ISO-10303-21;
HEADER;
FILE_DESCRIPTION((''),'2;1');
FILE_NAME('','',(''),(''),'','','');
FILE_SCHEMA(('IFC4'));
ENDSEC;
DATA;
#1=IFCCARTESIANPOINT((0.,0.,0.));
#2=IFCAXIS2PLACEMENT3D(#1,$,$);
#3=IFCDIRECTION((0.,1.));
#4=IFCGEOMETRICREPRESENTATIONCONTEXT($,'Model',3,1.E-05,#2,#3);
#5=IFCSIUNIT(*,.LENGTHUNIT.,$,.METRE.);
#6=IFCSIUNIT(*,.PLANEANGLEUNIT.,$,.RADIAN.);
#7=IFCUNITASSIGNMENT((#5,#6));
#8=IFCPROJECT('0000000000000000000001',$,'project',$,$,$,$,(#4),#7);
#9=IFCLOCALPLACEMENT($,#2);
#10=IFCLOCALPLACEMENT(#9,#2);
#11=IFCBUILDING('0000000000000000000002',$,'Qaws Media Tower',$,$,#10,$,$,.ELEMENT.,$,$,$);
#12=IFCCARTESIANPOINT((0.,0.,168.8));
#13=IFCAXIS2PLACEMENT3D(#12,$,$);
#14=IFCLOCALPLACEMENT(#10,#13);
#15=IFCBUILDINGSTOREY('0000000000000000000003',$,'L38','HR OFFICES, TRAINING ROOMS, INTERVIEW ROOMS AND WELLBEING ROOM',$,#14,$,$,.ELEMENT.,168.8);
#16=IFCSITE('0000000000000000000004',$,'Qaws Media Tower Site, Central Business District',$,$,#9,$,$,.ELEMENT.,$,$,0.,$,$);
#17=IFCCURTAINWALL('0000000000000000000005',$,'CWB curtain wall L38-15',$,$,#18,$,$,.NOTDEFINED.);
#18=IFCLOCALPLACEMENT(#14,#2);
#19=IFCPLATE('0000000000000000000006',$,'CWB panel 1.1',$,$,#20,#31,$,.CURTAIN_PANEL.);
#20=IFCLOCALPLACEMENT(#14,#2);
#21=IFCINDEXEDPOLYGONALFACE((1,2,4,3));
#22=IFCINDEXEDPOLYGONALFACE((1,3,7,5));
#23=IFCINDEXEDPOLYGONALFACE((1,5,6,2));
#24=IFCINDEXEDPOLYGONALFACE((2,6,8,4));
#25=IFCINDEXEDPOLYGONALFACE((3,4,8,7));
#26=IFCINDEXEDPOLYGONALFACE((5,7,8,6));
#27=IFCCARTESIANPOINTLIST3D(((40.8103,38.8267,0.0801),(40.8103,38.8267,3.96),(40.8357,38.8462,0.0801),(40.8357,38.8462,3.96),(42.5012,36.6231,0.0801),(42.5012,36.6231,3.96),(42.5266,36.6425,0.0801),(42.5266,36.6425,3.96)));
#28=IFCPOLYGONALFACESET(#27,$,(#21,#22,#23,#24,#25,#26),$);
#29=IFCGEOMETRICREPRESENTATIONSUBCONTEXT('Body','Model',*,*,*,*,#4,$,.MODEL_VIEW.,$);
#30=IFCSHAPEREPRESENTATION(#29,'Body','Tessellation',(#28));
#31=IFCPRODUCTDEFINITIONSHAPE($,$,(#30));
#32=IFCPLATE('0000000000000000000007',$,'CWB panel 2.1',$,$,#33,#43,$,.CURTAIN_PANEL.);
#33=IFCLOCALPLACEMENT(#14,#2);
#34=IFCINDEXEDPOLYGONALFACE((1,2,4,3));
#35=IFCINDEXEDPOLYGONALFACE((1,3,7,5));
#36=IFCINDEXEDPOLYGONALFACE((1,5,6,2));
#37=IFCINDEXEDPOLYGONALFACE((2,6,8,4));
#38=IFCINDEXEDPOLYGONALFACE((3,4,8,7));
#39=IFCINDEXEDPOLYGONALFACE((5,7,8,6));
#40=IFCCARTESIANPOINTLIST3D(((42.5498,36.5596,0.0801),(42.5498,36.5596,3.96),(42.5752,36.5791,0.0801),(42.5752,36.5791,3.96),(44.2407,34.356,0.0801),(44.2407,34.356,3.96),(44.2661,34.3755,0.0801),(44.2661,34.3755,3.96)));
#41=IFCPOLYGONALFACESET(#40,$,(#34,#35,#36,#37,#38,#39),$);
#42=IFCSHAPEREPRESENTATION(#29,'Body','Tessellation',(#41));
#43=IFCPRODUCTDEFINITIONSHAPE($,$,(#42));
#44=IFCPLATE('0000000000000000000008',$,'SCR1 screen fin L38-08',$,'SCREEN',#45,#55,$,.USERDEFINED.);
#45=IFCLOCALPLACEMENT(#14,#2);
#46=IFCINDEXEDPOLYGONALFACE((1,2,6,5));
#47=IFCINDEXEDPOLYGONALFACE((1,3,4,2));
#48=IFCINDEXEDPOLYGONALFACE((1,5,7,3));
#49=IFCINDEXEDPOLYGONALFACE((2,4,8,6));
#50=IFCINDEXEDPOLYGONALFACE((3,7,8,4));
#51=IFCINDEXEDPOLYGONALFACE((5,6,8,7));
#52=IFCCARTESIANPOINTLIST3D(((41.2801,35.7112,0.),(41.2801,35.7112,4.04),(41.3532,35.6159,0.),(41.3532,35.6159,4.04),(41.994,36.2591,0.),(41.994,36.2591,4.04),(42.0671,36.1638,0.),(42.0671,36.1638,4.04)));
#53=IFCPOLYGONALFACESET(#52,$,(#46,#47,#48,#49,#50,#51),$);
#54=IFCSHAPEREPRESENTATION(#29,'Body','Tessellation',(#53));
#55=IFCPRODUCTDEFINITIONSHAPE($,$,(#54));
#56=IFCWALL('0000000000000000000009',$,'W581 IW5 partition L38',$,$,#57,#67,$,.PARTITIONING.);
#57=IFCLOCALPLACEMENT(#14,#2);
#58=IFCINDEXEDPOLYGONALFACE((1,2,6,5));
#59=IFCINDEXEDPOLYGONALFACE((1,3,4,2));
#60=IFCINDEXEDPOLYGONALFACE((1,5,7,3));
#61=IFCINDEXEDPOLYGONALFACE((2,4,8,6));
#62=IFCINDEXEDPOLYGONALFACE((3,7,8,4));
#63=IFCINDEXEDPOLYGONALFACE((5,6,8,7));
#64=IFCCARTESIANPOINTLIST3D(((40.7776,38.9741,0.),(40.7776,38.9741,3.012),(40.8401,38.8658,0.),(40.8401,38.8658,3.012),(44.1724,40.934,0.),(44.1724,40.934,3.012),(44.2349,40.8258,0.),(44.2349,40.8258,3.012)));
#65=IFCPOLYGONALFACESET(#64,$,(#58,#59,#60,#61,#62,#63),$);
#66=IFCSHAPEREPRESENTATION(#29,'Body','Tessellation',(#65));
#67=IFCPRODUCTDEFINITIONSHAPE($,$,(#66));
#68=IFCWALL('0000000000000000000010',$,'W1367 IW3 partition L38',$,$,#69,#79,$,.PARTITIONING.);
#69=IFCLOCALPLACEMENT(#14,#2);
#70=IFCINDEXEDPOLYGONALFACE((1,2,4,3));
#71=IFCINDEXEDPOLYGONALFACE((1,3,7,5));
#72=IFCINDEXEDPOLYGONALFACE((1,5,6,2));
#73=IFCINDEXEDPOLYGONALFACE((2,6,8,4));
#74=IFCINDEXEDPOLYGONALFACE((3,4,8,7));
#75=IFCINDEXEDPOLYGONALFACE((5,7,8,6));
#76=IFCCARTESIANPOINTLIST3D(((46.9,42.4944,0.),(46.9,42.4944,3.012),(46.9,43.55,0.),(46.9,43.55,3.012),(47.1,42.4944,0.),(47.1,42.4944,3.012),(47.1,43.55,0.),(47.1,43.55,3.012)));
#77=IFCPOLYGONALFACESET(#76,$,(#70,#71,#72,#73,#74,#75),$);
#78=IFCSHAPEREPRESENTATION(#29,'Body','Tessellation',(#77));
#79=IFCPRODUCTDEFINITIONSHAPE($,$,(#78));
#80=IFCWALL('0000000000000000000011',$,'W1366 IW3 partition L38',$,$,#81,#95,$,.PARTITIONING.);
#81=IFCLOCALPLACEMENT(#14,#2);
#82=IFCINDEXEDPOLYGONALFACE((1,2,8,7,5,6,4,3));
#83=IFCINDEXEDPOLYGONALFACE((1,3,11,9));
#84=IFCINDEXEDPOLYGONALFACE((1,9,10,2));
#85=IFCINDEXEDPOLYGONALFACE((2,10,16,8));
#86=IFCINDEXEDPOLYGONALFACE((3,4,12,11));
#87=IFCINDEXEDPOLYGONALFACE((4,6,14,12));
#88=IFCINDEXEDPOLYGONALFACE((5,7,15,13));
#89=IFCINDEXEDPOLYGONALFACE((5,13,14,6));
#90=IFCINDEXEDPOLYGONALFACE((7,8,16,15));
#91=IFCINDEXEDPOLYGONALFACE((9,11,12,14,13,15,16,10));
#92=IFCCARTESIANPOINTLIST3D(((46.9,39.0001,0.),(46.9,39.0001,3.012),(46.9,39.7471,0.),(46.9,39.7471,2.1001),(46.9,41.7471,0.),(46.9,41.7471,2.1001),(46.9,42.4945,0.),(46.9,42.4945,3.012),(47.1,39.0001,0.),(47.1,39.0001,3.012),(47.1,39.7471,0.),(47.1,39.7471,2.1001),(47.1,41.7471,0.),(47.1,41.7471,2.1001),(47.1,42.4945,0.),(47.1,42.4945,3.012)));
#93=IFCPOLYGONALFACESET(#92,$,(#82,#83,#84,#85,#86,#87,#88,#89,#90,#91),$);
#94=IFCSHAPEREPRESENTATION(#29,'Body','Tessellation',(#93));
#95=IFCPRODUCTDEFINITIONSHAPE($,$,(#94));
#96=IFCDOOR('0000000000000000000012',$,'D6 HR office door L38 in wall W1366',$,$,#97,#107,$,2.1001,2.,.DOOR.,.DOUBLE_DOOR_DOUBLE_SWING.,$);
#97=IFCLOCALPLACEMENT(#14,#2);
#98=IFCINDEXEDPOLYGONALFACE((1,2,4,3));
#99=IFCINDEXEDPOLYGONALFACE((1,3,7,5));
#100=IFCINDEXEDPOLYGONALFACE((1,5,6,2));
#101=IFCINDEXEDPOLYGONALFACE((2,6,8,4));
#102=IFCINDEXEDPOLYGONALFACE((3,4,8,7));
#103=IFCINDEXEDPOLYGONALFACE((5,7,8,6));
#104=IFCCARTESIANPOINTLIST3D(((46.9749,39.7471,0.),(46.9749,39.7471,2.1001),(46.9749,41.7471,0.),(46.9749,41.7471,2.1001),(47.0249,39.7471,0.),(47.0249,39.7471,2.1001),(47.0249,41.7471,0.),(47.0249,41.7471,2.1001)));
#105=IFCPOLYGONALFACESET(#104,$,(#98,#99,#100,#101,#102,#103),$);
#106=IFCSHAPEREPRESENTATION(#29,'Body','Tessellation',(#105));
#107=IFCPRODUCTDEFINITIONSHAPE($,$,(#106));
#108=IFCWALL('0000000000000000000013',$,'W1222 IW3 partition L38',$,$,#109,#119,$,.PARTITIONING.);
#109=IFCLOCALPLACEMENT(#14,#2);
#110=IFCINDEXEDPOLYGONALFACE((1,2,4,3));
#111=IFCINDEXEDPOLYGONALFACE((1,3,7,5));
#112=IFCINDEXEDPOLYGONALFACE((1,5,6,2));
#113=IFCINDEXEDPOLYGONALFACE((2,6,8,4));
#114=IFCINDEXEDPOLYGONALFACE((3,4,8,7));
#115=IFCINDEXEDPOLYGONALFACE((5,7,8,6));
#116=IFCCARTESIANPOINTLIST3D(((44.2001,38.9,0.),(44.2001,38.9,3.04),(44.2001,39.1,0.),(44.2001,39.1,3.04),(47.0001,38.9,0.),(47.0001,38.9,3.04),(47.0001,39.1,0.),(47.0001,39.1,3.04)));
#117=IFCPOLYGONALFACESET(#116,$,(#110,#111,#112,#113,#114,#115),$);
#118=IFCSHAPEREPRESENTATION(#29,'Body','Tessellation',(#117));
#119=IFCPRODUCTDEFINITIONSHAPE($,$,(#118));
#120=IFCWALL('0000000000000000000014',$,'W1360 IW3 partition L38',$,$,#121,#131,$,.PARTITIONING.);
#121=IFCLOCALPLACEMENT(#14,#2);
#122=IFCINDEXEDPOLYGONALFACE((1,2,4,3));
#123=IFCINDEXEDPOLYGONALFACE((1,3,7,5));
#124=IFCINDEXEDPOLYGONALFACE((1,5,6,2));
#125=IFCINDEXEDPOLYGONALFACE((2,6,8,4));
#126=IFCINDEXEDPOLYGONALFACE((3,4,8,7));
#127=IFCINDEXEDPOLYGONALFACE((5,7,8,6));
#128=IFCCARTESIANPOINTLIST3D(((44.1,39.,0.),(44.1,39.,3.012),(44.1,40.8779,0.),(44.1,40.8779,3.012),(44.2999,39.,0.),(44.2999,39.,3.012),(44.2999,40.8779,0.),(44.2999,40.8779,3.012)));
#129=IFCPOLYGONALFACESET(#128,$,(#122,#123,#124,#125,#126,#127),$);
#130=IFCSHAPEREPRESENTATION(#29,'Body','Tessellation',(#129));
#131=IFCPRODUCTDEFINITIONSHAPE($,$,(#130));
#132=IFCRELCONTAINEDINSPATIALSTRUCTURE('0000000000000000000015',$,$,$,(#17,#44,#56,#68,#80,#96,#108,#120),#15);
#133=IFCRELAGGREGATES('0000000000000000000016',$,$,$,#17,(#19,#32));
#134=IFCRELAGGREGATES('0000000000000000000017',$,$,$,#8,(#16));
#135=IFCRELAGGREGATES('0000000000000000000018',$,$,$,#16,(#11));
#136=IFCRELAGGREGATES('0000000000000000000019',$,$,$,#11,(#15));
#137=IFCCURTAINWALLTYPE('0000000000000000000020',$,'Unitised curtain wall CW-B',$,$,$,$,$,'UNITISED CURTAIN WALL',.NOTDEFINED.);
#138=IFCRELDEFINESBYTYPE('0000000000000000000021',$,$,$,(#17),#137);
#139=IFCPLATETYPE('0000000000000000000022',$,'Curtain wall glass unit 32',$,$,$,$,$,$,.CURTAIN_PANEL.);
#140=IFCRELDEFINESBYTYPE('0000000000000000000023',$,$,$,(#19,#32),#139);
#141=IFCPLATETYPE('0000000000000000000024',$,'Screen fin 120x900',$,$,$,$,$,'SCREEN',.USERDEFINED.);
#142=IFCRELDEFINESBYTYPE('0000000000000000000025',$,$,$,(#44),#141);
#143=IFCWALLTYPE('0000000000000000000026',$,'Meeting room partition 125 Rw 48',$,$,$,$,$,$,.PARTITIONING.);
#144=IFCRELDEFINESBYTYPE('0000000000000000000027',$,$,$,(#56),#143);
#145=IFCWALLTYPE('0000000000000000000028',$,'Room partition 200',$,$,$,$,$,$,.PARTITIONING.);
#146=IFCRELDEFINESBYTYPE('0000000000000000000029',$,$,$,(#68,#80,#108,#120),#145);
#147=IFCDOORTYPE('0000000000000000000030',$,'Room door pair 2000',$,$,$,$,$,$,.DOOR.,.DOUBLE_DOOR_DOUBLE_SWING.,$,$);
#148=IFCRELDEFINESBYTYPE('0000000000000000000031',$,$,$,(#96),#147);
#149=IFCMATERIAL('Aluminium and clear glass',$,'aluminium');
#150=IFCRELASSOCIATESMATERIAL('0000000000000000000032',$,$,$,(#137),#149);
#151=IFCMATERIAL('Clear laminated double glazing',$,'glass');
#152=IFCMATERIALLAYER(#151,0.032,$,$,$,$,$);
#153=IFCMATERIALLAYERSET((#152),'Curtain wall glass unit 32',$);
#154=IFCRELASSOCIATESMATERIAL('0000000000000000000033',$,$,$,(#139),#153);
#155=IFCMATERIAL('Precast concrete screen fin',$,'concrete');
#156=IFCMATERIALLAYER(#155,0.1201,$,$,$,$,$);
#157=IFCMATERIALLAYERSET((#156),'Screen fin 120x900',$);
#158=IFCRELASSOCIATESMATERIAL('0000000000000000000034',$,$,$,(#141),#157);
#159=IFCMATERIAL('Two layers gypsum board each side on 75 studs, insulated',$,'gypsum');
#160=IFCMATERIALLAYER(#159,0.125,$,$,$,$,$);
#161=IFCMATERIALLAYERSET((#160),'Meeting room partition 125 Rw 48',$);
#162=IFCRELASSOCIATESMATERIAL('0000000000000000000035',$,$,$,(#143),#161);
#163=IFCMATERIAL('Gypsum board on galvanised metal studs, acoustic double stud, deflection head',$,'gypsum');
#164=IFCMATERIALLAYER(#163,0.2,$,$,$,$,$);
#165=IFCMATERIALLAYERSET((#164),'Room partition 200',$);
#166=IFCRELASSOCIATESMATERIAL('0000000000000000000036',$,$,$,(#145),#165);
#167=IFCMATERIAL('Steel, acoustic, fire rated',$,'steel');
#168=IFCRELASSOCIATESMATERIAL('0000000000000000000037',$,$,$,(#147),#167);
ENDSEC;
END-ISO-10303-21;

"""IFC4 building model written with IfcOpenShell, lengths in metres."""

from ifc_helpers import new_model, si_unit, direction, frame, frame_2d, origin, origin_2d, place, context, subcontext, project, spatial, rectangle, extrude, material, layer, layer_set, type_object, element, fill, aggregate, save


model = new_model("IFC4")

# Units and contexts
model_context = context("Model", 3, precision=1e-05, world=origin(), true_north=direction((0.0, 1.0)))
body_context = subcontext(model_context, "Body", "Model", "MODEL_VIEW")
ifc_project = project(units=[si_unit("LENGTHUNIT", "METRE"), si_unit("PLANEANGLEUNIT", "RADIAN")], contexts=[model_context])

# Site, building, storey
site_placement = place(None, origin())
site = spatial("IfcSite", under=ifc_project, at=site_placement, Name="Qaws Media Tower Site, Central Business District", CompositionType="ELEMENT", RefElevation=0.0)
building_placement = place(site_placement, origin())
building = spatial("IfcBuilding", under=site, at=building_placement, Name="Qaws Media Tower", CompositionType="ELEMENT")
storey_placement = place(building_placement, frame((0.0, 0.0, 168.8)))
storey = spatial("IfcBuildingStorey", under=building, at=storey_placement, Name="L38", Description="HR OFFICES, TRAINING ROOMS, INTERVIEW ROOMS AND WELLBEING ROOM", CompositionType="ELEMENT", Elevation=168.8)

# Shared definitions
ifc_material_1 = material(Name="Aluminium and clear glass", Category="aluminium")
curtain_wall_type = type_object("IfcCurtainWallType", Name="Unitised curtain wall CW-B", ElementType="UNITISED CURTAIN WALL", PredefinedType="NOTDEFINED", material=ifc_material_1)

# Curtain wall
curtain_wall_1_placement = place(storey_placement, origin())
curtain_wall_1 = element("IfcCurtainWall", 1, at=curtain_wall_1_placement, inside=storey, type_object=curtain_wall_type, Name="CWB curtain wall L38-15", PredefinedType="NOTDEFINED")

# Plates
ifc_material_2 = material(Name="Clear laminated double glazing", Category="glass")
ifc_layer_1 = layer(ifc_material_2, 0.032)
ifc_layer_set_1 = layer_set([ifc_layer_1], Name="Curtain wall glass unit 32")
plate_type_1 = type_object("IfcPlateType", Name="Curtain wall glass unit 32", PredefinedType="CURTAIN_PANEL", material=ifc_layer_set_1)
plate_1_placement = place(storey_placement, frame((41.6685, 37.7346, 0.0801), z_axis=(0.0, 0.0, 1.0), x_axis=(0.608761, -0.793353, 0.0)))
plate_1 = element("IfcPlate", 2, at=plate_1_placement, type_object=plate_type_1, Name="CWB panel 1.1", PredefinedType="CURTAIN_PANEL", context=body_context, shape_type="SweptSolid", body=[
    extrude(rectangle(XDim=2.7776, YDim=0.032, at=origin_2d()), origin(), (0.0, 0.0, 1.0), 3.8799),
])
plate_2_placement = place(storey_placement, frame((43.408, 35.4675, 0.0801), z_axis=(0.0, 0.0, 1.0), x_axis=(0.608761, -0.793353, 0.0)))
plate_2 = element("IfcPlate", 3, at=plate_2_placement, type_object=plate_type_1, Name="CWB panel 2.1", PredefinedType="CURTAIN_PANEL", context=body_context, shape_type="SweptSolid", body=[
    extrude(rectangle(XDim=2.7776, YDim=0.032, at=origin_2d()), origin(), (0.0, 0.0, 1.0), 3.8799),
])
aggregate(curtain_wall_1, [plate_1, plate_2])
ifc_material_3 = material(Name="Precast concrete screen fin", Category="concrete")
ifc_layer_2 = layer(ifc_material_3, 0.1201)
ifc_layer_set_2 = layer_set([ifc_layer_2], Name="Screen fin 120x900")
plate_type_2 = type_object("IfcPlateType", Name="Screen fin 120x900", ElementType="SCREEN", PredefinedType="USERDEFINED", material=ifc_layer_set_2)
plate_3_placement = place(storey_placement, frame((41.6736, 35.9375, 0.0), z_axis=(0.0, 0.0, 1.0), x_axis=(-0.793353, -0.608761, 0.0)))
element("IfcPlate", 4, at=plate_3_placement, inside=storey, type_object=plate_type_2, Name="SCR1 screen fin L38-08", ObjectType="SCREEN", PredefinedType="USERDEFINED", context=body_context, shape_type="SweptSolid", body=[
    extrude(rectangle(XDim=0.8999, YDim=0.1201, at=origin_2d()), origin(), (0.0, 0.0, 1.0), 4.04),
])

# Walls
ifc_material_4 = material(Name="Two layers gypsum board each side on 75 studs, insulated", Category="gypsum")
ifc_layer_3 = layer(ifc_material_4, 0.125)
ifc_layer_set_3 = layer_set([ifc_layer_3], Name="Meeting room partition 125 Rw 48")
wall_type_1 = type_object("IfcWallType", Name="Meeting room partition 125 Rw 48", PredefinedType="PARTITIONING", material=ifc_layer_set_3)
wall_1_placement = place(storey_placement, frame((44.2036, 40.8799, 0.0), z_axis=(0.0, 0.0, 1.0), x_axis=(-0.866027, -0.499997, 0.0)))
element("IfcWall", 5, at=wall_1_placement, inside=storey, type_object=wall_type_1, Name="W581 IW5 partition L38", PredefinedType="PARTITIONING", context=body_context, shape_type="SweptSolid", body=[
    extrude(rectangle(XDim=3.9199, YDim=0.125, at=frame_2d((1.96, 0.0))), origin(), (0.0, 0.0, 1.0), 3.012),
])
ifc_material_5 = material(Name="Gypsum board on galvanised metal studs, acoustic double stud, deflection head", Category="gypsum")
ifc_layer_4 = layer(ifc_material_5, 0.2)
ifc_layer_set_4 = layer_set([ifc_layer_4], Name="Room partition 200")
wall_type_2 = type_object("IfcWallType", Name="Room partition 200", PredefinedType="PARTITIONING", material=ifc_layer_set_4)
wall_2_placement = place(storey_placement, frame((47.0, 43.55, 0.0), z_axis=(0.0, 0.0, 1.0), x_axis=(0.0, -1.0, 0.0)))
element("IfcWall", 6, at=wall_2_placement, inside=storey, type_object=wall_type_2, Name="W1367 IW3 partition L38", PredefinedType="PARTITIONING", context=body_context, shape_type="SweptSolid", body=[
    extrude(rectangle(XDim=1.0557, YDim=0.2, at=frame_2d((0.5278, 0.0))), origin(), (0.0, 0.0, 1.0), 3.012),
])

# Wall, opening, door
wall_3_placement = place(storey_placement, frame((47.0, 42.4944, 0.0), z_axis=(0.0, 0.0, 1.0), x_axis=(0.0, -1.0, 0.0)))
wall_3 = element("IfcWall", 7, at=wall_3_placement, inside=storey, type_object=wall_type_2, Name="W1366 IW3 partition L38", PredefinedType="PARTITIONING", context=body_context, shape_type="SweptSolid", body=[
    extrude(rectangle(XDim=3.4944, YDim=0.2, at=frame_2d((1.7471, 0.0))), origin(), (0.0, 0.0, 1.0), 3.012),
])
opening_1_placement = place(wall_3_placement, frame((0.7473, 0.0, 0.0)))
opening_1 = element("IfcOpeningElement", 8, at=opening_1_placement, cuts=wall_3, PredefinedType="OPENING", context=body_context, shape_type="SweptSolid", body=[
    extrude(rectangle(XDim=2.0, YDim=2.1001, at=frame_2d((1.0, 1.05))), frame((0.0, 0.1099, 0.0), z_axis=(0.0, -1.0, 0.0), x_axis=(1.0, 0.0, 0.0)), (0.0, 0.0, 1.0), 0.22),
])
ifc_material_6 = material(Name="Steel, acoustic, fire rated", Category="steel")
door_type_1 = type_object("IfcDoorType", Name="Room door pair 2000", OperationType="DOUBLE_DOOR_DOUBLE_SWING", PredefinedType="DOOR", material=ifc_material_6)
door_1_placement = place(opening_1_placement, origin())
door_1 = element("IfcDoor", 9, at=door_1_placement, inside=storey, type_object=door_type_1, Name="D6 HR office door L38 in wall W1366", OperationType="DOUBLE_DOOR_DOUBLE_SWING", OverallHeight=2.1001, OverallWidth=2.0, PredefinedType="DOOR", context=body_context, shape_type="SweptSolid", body=[
    extrude(rectangle(XDim=2.0, YDim=2.1001, at=frame_2d((1.0, 1.05))), frame((0.0, 0.0249, 0.0), z_axis=(0.0, -1.0, 0.0), x_axis=(1.0, 0.0, 0.0)), (0.0, 0.0, 1.0), 0.05),
])
fill(opening_1, door_1)

# Walls
wall_4_placement = place(storey_placement, frame((47.0, 39.0, 0.0), z_axis=(0.0, 0.0, 1.0), x_axis=(-1.0, 0.0, 0.0)))
element("IfcWall", 10, at=wall_4_placement, inside=storey, type_object=wall_type_2, Name="W1222 IW3 partition L38", PredefinedType="PARTITIONING", context=body_context, shape_type="SweptSolid", body=[
    extrude(rectangle(XDim=2.8, YDim=0.2, at=frame_2d((1.3999, 0.0))), origin(), (0.0, 0.0, 1.0), 3.04),
])
wall_5_placement = place(storey_placement, frame((44.2, 39.0, 0.0), z_axis=(0.0, 0.0, 1.0), x_axis=(0.0, 1.0, 0.0)))
element("IfcWall", 11, at=wall_5_placement, inside=storey, type_object=wall_type_2, Name="W1360 IW3 partition L38", PredefinedType="PARTITIONING", context=body_context, shape_type="SweptSolid", body=[
    extrude(rectangle(XDim=1.8779, YDim=0.2, at=frame_2d((0.939, 0.0))), origin(), (0.0, 0.0, 1.0), 3.012),
])

save(model, "model.ifc")
